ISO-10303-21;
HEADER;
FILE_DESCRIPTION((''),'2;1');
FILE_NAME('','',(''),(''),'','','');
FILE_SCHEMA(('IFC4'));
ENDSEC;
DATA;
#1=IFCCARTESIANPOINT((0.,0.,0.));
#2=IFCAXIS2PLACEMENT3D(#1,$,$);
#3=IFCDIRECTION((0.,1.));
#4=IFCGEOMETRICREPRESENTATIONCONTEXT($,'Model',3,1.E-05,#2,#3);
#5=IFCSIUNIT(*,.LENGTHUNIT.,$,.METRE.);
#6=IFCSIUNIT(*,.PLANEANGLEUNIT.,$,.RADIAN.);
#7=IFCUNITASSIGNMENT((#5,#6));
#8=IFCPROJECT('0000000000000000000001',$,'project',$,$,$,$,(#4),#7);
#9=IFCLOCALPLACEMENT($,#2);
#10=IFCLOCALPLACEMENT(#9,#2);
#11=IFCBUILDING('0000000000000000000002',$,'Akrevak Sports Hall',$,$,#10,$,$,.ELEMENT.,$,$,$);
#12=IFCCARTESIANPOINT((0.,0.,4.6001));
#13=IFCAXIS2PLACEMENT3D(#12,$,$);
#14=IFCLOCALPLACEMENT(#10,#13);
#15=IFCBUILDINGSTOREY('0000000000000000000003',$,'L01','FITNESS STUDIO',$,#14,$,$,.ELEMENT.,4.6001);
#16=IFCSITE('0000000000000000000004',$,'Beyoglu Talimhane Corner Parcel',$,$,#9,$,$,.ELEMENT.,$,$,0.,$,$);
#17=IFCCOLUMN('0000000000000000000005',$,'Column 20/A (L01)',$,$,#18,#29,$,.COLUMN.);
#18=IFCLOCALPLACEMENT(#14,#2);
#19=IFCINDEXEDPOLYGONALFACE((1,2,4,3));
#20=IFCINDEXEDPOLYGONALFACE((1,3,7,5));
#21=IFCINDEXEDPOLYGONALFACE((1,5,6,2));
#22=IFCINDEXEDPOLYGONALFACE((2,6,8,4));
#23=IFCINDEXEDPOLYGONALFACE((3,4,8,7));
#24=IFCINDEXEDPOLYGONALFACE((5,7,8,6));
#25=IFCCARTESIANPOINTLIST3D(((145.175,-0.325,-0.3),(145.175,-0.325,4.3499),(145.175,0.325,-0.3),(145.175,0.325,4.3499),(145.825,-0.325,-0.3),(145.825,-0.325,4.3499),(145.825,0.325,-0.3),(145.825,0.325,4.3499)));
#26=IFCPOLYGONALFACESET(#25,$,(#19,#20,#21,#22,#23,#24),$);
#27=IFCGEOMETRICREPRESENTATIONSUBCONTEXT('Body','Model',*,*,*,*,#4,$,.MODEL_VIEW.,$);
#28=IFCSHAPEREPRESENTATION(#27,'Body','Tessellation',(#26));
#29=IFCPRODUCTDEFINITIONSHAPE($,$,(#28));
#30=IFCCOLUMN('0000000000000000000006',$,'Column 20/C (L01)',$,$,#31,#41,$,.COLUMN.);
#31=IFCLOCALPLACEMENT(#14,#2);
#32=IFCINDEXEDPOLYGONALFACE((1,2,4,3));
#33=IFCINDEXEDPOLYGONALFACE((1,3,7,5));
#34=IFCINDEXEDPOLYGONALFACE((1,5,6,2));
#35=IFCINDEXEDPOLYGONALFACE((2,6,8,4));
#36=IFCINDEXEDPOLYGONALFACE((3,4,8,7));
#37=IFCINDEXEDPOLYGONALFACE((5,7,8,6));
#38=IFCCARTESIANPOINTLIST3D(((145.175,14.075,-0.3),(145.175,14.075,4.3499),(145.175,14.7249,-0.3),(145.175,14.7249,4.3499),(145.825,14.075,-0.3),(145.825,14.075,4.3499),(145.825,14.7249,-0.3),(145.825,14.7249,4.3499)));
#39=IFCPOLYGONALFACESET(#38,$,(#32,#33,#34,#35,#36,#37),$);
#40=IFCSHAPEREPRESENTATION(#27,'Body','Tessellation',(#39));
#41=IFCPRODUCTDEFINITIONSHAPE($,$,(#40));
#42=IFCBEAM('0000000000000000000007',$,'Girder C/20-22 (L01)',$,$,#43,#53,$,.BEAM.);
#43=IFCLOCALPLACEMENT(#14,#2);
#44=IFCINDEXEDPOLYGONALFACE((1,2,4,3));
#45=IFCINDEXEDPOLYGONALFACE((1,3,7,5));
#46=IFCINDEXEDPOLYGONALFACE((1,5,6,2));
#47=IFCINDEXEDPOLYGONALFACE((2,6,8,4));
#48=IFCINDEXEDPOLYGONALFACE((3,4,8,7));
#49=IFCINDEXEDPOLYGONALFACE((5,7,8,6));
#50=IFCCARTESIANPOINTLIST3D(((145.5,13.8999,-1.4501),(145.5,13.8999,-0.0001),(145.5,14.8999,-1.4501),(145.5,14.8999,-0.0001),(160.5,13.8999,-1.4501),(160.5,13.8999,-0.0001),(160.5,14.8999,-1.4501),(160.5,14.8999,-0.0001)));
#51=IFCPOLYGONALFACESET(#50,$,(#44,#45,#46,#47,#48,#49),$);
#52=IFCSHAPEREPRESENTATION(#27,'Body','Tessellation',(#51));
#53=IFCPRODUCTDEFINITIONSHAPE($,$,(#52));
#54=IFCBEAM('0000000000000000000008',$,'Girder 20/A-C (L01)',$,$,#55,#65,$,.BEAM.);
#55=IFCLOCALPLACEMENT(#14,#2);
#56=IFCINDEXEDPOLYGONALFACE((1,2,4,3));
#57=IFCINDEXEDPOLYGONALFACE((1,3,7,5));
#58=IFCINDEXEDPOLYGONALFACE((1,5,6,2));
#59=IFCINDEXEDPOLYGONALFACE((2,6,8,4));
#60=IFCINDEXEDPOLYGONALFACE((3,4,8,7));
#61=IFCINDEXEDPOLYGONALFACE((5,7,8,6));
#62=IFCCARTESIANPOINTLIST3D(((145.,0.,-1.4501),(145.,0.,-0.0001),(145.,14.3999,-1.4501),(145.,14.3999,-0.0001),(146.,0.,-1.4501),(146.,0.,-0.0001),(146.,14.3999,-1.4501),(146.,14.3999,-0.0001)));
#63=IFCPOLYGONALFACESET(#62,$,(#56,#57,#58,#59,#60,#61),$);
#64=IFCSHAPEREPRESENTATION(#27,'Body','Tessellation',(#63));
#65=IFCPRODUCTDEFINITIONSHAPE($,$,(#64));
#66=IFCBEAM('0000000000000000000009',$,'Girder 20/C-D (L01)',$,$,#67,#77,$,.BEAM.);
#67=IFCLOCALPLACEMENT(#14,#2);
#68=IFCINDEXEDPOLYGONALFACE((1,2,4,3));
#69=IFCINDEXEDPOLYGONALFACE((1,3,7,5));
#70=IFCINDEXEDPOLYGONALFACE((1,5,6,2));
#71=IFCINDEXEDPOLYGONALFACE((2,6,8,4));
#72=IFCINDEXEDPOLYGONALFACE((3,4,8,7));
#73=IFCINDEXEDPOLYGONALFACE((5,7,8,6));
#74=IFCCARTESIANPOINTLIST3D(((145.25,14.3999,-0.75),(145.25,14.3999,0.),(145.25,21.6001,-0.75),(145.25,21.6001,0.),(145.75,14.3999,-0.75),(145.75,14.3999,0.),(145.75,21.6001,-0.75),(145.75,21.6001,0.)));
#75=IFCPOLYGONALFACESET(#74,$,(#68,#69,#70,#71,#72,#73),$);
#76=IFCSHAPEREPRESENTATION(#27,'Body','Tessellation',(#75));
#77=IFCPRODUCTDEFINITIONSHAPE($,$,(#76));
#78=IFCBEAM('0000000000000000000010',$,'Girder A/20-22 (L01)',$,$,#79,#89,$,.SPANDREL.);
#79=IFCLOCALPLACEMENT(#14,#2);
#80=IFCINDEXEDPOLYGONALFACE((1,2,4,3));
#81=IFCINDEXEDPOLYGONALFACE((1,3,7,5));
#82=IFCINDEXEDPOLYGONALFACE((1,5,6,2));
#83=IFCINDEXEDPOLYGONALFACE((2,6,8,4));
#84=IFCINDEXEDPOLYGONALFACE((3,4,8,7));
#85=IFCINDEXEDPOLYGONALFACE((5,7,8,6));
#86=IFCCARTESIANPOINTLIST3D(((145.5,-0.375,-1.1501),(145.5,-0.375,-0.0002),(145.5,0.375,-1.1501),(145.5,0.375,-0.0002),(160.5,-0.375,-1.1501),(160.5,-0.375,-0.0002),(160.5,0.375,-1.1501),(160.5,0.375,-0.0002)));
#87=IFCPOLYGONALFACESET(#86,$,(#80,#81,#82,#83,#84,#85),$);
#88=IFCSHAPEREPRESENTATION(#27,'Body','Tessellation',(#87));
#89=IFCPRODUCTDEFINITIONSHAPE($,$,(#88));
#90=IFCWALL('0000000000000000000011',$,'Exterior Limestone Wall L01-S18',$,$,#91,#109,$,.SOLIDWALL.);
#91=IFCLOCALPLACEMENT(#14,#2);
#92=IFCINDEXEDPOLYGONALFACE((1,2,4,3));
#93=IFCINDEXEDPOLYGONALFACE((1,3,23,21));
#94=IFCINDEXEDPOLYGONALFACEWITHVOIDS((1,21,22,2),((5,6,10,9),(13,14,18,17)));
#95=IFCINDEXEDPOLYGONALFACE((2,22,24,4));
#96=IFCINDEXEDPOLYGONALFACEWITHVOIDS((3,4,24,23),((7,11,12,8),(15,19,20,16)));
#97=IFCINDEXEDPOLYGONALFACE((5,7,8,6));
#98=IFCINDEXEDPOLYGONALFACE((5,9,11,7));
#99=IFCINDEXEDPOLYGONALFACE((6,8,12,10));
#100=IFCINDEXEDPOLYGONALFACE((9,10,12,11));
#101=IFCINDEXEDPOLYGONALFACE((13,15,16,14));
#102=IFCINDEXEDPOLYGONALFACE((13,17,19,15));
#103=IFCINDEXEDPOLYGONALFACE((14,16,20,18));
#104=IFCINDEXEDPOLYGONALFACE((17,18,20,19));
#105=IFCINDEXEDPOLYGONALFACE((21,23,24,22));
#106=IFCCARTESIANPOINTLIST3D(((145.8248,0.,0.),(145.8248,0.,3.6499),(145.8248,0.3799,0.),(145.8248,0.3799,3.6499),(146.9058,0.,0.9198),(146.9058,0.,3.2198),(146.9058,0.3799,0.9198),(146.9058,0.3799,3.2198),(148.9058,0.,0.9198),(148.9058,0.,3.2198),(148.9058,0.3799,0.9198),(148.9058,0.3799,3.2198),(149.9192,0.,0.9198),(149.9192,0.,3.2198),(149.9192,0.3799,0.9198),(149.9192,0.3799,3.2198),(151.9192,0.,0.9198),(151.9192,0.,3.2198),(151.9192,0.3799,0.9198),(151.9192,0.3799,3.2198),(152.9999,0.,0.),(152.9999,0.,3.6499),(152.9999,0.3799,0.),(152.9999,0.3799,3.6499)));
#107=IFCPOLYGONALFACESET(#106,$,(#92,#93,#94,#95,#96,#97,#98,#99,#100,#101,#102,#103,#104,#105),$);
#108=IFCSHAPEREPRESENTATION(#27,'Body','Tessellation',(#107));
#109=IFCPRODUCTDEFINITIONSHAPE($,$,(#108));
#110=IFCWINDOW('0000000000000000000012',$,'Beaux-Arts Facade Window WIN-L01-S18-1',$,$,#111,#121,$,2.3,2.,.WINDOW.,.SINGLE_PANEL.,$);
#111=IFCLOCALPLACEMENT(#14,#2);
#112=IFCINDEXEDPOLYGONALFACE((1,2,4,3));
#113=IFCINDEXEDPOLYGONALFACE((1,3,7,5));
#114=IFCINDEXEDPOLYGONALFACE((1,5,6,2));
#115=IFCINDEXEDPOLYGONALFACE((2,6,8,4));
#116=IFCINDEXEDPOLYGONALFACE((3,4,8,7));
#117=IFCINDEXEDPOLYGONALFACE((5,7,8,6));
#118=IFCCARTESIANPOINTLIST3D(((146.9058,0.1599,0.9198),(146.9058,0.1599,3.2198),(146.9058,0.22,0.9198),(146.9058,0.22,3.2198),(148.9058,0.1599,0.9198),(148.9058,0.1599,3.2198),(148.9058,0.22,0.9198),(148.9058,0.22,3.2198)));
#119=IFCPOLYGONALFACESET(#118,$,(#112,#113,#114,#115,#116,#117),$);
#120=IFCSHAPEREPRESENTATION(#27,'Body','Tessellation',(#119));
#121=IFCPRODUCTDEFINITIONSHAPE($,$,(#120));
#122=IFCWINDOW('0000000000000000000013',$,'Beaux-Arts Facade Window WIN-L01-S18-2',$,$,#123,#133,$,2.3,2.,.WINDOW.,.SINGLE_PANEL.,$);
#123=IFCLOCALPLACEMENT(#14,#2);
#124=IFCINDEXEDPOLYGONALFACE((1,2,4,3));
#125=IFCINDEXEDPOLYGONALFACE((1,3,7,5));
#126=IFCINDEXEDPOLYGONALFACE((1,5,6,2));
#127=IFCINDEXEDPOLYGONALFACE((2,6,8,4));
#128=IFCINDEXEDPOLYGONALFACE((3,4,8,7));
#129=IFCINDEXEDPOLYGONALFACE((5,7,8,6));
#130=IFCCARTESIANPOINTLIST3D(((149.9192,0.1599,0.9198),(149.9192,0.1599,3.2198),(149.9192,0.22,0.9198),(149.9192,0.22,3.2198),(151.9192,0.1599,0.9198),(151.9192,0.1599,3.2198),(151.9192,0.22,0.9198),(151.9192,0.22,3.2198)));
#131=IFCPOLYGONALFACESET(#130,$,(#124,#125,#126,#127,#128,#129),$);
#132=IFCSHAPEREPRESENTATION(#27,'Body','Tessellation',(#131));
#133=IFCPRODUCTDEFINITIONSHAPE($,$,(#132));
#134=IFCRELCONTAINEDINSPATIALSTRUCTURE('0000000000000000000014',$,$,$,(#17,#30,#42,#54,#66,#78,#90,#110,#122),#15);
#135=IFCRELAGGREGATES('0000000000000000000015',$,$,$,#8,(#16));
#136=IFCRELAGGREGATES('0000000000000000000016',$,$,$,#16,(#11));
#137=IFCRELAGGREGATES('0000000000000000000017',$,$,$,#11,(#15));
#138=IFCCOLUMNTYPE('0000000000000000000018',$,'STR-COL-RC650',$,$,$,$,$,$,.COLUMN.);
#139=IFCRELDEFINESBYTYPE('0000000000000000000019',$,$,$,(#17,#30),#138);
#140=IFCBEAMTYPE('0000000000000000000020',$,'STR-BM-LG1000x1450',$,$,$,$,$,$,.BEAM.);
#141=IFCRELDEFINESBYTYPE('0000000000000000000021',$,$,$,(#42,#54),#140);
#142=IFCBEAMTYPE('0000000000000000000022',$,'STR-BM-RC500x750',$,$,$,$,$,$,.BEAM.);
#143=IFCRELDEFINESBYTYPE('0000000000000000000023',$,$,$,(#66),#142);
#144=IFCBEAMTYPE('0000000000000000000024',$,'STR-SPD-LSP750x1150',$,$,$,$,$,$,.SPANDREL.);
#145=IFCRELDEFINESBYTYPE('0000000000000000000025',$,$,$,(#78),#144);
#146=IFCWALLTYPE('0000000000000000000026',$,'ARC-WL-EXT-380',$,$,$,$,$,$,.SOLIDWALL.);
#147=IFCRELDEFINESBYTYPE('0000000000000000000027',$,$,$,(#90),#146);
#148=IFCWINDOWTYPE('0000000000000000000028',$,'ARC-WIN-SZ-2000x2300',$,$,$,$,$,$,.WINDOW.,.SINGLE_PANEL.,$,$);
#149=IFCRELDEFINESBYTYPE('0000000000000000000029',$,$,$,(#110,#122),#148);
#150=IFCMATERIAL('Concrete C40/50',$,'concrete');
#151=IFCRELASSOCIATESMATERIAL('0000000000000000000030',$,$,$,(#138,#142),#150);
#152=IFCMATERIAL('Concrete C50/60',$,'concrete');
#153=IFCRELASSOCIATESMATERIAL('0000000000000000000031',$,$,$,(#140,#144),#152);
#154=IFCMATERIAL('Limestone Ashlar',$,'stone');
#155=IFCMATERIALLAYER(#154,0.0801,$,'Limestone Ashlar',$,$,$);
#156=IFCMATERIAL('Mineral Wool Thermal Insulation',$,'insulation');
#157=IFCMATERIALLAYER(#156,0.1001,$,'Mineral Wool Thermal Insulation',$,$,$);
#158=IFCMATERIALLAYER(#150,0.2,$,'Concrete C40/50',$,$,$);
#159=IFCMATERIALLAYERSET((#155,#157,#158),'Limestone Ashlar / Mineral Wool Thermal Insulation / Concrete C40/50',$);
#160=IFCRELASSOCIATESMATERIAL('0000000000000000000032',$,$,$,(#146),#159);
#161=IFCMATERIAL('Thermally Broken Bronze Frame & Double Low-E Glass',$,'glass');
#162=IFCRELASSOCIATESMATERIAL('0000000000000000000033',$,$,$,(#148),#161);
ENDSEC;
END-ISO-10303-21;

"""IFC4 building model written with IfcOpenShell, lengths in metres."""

from ifc_helpers import new_model, si_unit, direction, frame, frame_2d, origin, origin_2d, place, context, subcontext, project, spatial, rectangle, extrude, material, layer, layer_set, material_profile, profile_set, type_object, element, fill, save


model = new_model("IFC4")

# Units and contexts
model_context = context("Model", 3, precision=1e-05, world=origin(), true_north=direction((0.0, 1.0)))
body_context = subcontext(model_context, "Body", "Model", "MODEL_VIEW")
ifc_project = project(units=[si_unit("LENGTHUNIT", "METRE"), si_unit("PLANEANGLEUNIT", "RADIAN")], contexts=[model_context])

# Site, building, storey
site_placement = place(None, origin())
site = spatial("IfcSite", under=ifc_project, at=site_placement, Name="Beyoglu Talimhane Corner Parcel", CompositionType="ELEMENT", RefElevation=0.0)
building_placement = place(site_placement, origin())
building = spatial("IfcBuilding", under=site, at=building_placement, Name="Akrevak Sports Hall", CompositionType="ELEMENT")
storey_placement = place(building_placement, frame((0.0, 0.0, 4.6001)))
storey = spatial("IfcBuildingStorey", under=building, at=storey_placement, Name="L01", Description="FITNESS STUDIO", CompositionType="ELEMENT", Elevation=4.6001)

# Columns
ifc_material_1 = material(Name="Concrete C40/50", Category="concrete")
ifc_material_profile_1 = material_profile(ifc_material_1, rectangle(XDim=0.6499, YDim=0.6499, at=origin_2d()), Name="RC 650x650", Category="concrete")
ifc_profile_set_1 = profile_set([ifc_material_profile_1], Name="Concrete C40/50")
column_type = type_object("IfcColumnType", Name="STR-COL-RC650", PredefinedType="COLUMN", material=ifc_profile_set_1)
for number, where, z_axis, x_axis, name in (
    (1, (145.5, 0.0, -0.3), (0.0, 0.0, 1.0), (1.0, 0.0, 0.0), "Column 20/A (L01)"),
    (2, (145.5, 14.3999, -0.3), (0.0, 0.0, 1.0), (1.0, 0.0, 0.0), "Column 20/C (L01)"),
):
    element("IfcColumn", number, at=place(storey_placement, frame(where, z_axis=z_axis, x_axis=x_axis)), inside=storey, type_object=column_type, Name=name, PredefinedType="COLUMN", context=body_context, shape_type="SweptSolid", body=[
        extrude(rectangle(XDim=0.6499, YDim=0.6499, at=origin_2d()), origin(), (0.0, 0.0, 1.0), 4.6499),
    ])

# Beams
ifc_material_2 = material(Name="Concrete C50/60", Category="concrete")
ifc_material_profile_2 = material_profile(ifc_material_2, rectangle(XDim=1.0, YDim=1.45, at=origin_2d()), Name="BM 1000x1450", Category="concrete")
ifc_profile_set_2 = profile_set([ifc_material_profile_2], Name="Concrete C50/60")
beam_type_1 = type_object("IfcBeamType", Name="STR-BM-LG1000x1450", PredefinedType="BEAM", material=ifc_profile_set_2)
beam_1_placement = place(storey_placement, frame((145.5, 14.3999, -0.7251), z_axis=(1.0, 0.0, 0.0), x_axis=(0.0, 1.0, 0.0)))
element("IfcBeam", 3, at=beam_1_placement, inside=storey, type_object=beam_type_1, Name="Girder C/20-22 (L01)", PredefinedType="BEAM", context=body_context, shape_type="SweptSolid", body=[
    extrude(rectangle(XDim=1.0, YDim=1.45, at=origin_2d()), origin(), (0.0, 0.0, 1.0), 15.0),
])
beam_2_placement = place(storey_placement, frame((145.5, 0.0, -0.7251), z_axis=(0.0, 1.0, 0.0), x_axis=(-1.0, 0.0, 0.0)))
element("IfcBeam", 4, at=beam_2_placement, inside=storey, type_object=beam_type_1, Name="Girder 20/A-C (L01)", PredefinedType="BEAM", context=body_context, shape_type="SweptSolid", body=[
    extrude(rectangle(XDim=1.0, YDim=1.45, at=origin_2d()), origin(), (0.0, 0.0, 1.0), 14.3999),
])
ifc_material_profile_3 = material_profile(ifc_material_1, rectangle(XDim=0.5, YDim=0.75, at=origin_2d()), Name="BM 500x750", Category="concrete")
ifc_profile_set_3 = profile_set([ifc_material_profile_3], Name="Concrete C40/50")
beam_type_2 = type_object("IfcBeamType", Name="STR-BM-RC500x750", PredefinedType="BEAM", material=ifc_profile_set_3)
beam_3_placement = place(storey_placement, frame((145.5, 14.3999, -0.375), z_axis=(0.0, 1.0, 0.0), x_axis=(-1.0, 0.0, 0.0)))
element("IfcBeam", 5, at=beam_3_placement, inside=storey, type_object=beam_type_2, Name="Girder 20/C-D (L01)", PredefinedType="BEAM", context=body_context, shape_type="SweptSolid", body=[
    extrude(rectangle(XDim=0.5, YDim=0.75, at=origin_2d()), origin(), (0.0, 0.0, 1.0), 7.2002),
])
ifc_material_profile_4 = material_profile(ifc_material_2, rectangle(XDim=0.75, YDim=1.1499, at=origin_2d()), Name="SPD 750x1150", Category="concrete")
ifc_profile_set_4 = profile_set([ifc_material_profile_4], Name="Concrete C50/60")
beam_type_3 = type_object("IfcBeamType", Name="STR-SPD-LSP750x1150", PredefinedType="SPANDREL", material=ifc_profile_set_4)
beam_4_placement = place(storey_placement, frame((145.5, 0.0, -0.5752), z_axis=(1.0, 0.0, 0.0), x_axis=(0.0, 1.0, 0.0)))
element("IfcBeam", 6, at=beam_4_placement, inside=storey, type_object=beam_type_3, Name="Girder A/20-22 (L01)", PredefinedType="SPANDREL", context=body_context, shape_type="SweptSolid", body=[
    extrude(rectangle(XDim=0.75, YDim=1.1499, at=origin_2d()), origin(), (0.0, 0.0, 1.0), 15.0),
])

# Wall, openings, windows
ifc_material_3 = material(Name="Limestone Ashlar", Category="stone")
ifc_layer_1 = layer(ifc_material_3, 0.0801, Name="Limestone Ashlar")
ifc_material_4 = material(Name="Mineral Wool Thermal Insulation", Category="insulation")
ifc_layer_2 = layer(ifc_material_4, 0.1001, Name="Mineral Wool Thermal Insulation")
ifc_layer_3 = layer(ifc_material_1, 0.2, Name="Concrete C40/50")
ifc_layer_set_1 = layer_set([ifc_layer_1, ifc_layer_2, ifc_layer_3], Name="Limestone Ashlar / Mineral Wool Thermal Insulation / Concrete C40/50")
wall_type_1 = type_object("IfcWallType", Name="ARC-WL-EXT-380", PredefinedType="SOLIDWALL", material=ifc_layer_set_1)
wall_1_placement = place(storey_placement, frame((145.825, 0.1899, 0.0), z_axis=(0.0, 0.0, 1.0), x_axis=(1.0, 0.0, 0.0)))
wall_1 = element("IfcWall", 7, at=wall_1_placement, inside=storey, type_object=wall_type_1, Name="Exterior Limestone Wall L01-S18", PredefinedType="SOLIDWALL", context=body_context, shape_type="SweptSolid", body=[
    extrude(rectangle(XDim=7.175, YDim=0.3799, at=frame_2d((3.5874, 0.0))), origin(), (0.0, 0.0, 1.0), 3.6499),
])
opening_1_placement = place(wall_1_placement, frame((1.0808, 0.0, 0.9199)))
opening_1 = element("IfcOpeningElement", 8, at=opening_1_placement, cuts=wall_1, PredefinedType="OPENING", context=body_context, shape_type="SweptSolid", body=[
    extrude(rectangle(XDim=2.0, YDim=2.3, at=frame_2d((1.0, 1.1499))), frame((0.0, 0.2019, 0.0), z_axis=(0.0, -1.0, 0.0), x_axis=(1.0, 0.0, 0.0)), (0.0, 0.0, 1.0), 0.4038),
])
opening_2_placement = place(wall_1_placement, frame((4.0942, 0.0, 0.9199)))
opening_2 = element("IfcOpeningElement", 9, at=opening_2_placement, cuts=wall_1, PredefinedType="OPENING", context=body_context, shape_type="SweptSolid", body=[
    extrude(rectangle(XDim=2.0, YDim=2.3, at=frame_2d((1.0, 1.1499))), frame((0.0, 0.2019, 0.0), z_axis=(0.0, -1.0, 0.0), x_axis=(1.0, 0.0, 0.0)), (0.0, 0.0, 1.0), 0.4038),
])
ifc_material_5 = material(Name="Thermally Broken Bronze Frame & Double Low-E Glass", Category="glass")
window_type_1 = type_object("IfcWindowType", Name="ARC-WIN-SZ-2000x2300", PartitioningType="SINGLE_PANEL", PredefinedType="WINDOW", material=ifc_material_5)
window_1_placement = place(opening_1_placement, origin())
window_1 = element("IfcWindow", 10, at=window_1_placement, inside=storey, type_object=window_type_1, Name="Beaux-Arts Facade Window WIN-L01-S18-1", OverallHeight=2.3, OverallWidth=2.0, PartitioningType="SINGLE_PANEL", PredefinedType="WINDOW", context=body_context, shape_type="SweptSolid", body=[
    extrude(rectangle(XDim=2.0, YDim=2.3, at=frame_2d((1.0, 1.1499))), frame((0.0, 0.03, 0.0), z_axis=(0.0, -1.0, 0.0), x_axis=(1.0, 0.0, 0.0)), (0.0, 0.0, 1.0), 0.0601),
])
fill(opening_1, window_1)
window_2_placement = place(opening_2_placement, origin())
window_2 = element("IfcWindow", 11, at=window_2_placement, inside=storey, type_object=window_type_1, Name="Beaux-Arts Facade Window WIN-L01-S18-2", OverallHeight=2.3, OverallWidth=2.0, PartitioningType="SINGLE_PANEL", PredefinedType="WINDOW", context=body_context, shape_type="SweptSolid", body=[
    extrude(rectangle(XDim=2.0, YDim=2.3, at=frame_2d((1.0, 1.1499))), frame((0.0, 0.03, 0.0), z_axis=(0.0, -1.0, 0.0), x_axis=(1.0, 0.0, 0.0)), (0.0, 0.0, 1.0), 0.0601),
])
fill(opening_2, window_2)

save(model, "model.ifc")
